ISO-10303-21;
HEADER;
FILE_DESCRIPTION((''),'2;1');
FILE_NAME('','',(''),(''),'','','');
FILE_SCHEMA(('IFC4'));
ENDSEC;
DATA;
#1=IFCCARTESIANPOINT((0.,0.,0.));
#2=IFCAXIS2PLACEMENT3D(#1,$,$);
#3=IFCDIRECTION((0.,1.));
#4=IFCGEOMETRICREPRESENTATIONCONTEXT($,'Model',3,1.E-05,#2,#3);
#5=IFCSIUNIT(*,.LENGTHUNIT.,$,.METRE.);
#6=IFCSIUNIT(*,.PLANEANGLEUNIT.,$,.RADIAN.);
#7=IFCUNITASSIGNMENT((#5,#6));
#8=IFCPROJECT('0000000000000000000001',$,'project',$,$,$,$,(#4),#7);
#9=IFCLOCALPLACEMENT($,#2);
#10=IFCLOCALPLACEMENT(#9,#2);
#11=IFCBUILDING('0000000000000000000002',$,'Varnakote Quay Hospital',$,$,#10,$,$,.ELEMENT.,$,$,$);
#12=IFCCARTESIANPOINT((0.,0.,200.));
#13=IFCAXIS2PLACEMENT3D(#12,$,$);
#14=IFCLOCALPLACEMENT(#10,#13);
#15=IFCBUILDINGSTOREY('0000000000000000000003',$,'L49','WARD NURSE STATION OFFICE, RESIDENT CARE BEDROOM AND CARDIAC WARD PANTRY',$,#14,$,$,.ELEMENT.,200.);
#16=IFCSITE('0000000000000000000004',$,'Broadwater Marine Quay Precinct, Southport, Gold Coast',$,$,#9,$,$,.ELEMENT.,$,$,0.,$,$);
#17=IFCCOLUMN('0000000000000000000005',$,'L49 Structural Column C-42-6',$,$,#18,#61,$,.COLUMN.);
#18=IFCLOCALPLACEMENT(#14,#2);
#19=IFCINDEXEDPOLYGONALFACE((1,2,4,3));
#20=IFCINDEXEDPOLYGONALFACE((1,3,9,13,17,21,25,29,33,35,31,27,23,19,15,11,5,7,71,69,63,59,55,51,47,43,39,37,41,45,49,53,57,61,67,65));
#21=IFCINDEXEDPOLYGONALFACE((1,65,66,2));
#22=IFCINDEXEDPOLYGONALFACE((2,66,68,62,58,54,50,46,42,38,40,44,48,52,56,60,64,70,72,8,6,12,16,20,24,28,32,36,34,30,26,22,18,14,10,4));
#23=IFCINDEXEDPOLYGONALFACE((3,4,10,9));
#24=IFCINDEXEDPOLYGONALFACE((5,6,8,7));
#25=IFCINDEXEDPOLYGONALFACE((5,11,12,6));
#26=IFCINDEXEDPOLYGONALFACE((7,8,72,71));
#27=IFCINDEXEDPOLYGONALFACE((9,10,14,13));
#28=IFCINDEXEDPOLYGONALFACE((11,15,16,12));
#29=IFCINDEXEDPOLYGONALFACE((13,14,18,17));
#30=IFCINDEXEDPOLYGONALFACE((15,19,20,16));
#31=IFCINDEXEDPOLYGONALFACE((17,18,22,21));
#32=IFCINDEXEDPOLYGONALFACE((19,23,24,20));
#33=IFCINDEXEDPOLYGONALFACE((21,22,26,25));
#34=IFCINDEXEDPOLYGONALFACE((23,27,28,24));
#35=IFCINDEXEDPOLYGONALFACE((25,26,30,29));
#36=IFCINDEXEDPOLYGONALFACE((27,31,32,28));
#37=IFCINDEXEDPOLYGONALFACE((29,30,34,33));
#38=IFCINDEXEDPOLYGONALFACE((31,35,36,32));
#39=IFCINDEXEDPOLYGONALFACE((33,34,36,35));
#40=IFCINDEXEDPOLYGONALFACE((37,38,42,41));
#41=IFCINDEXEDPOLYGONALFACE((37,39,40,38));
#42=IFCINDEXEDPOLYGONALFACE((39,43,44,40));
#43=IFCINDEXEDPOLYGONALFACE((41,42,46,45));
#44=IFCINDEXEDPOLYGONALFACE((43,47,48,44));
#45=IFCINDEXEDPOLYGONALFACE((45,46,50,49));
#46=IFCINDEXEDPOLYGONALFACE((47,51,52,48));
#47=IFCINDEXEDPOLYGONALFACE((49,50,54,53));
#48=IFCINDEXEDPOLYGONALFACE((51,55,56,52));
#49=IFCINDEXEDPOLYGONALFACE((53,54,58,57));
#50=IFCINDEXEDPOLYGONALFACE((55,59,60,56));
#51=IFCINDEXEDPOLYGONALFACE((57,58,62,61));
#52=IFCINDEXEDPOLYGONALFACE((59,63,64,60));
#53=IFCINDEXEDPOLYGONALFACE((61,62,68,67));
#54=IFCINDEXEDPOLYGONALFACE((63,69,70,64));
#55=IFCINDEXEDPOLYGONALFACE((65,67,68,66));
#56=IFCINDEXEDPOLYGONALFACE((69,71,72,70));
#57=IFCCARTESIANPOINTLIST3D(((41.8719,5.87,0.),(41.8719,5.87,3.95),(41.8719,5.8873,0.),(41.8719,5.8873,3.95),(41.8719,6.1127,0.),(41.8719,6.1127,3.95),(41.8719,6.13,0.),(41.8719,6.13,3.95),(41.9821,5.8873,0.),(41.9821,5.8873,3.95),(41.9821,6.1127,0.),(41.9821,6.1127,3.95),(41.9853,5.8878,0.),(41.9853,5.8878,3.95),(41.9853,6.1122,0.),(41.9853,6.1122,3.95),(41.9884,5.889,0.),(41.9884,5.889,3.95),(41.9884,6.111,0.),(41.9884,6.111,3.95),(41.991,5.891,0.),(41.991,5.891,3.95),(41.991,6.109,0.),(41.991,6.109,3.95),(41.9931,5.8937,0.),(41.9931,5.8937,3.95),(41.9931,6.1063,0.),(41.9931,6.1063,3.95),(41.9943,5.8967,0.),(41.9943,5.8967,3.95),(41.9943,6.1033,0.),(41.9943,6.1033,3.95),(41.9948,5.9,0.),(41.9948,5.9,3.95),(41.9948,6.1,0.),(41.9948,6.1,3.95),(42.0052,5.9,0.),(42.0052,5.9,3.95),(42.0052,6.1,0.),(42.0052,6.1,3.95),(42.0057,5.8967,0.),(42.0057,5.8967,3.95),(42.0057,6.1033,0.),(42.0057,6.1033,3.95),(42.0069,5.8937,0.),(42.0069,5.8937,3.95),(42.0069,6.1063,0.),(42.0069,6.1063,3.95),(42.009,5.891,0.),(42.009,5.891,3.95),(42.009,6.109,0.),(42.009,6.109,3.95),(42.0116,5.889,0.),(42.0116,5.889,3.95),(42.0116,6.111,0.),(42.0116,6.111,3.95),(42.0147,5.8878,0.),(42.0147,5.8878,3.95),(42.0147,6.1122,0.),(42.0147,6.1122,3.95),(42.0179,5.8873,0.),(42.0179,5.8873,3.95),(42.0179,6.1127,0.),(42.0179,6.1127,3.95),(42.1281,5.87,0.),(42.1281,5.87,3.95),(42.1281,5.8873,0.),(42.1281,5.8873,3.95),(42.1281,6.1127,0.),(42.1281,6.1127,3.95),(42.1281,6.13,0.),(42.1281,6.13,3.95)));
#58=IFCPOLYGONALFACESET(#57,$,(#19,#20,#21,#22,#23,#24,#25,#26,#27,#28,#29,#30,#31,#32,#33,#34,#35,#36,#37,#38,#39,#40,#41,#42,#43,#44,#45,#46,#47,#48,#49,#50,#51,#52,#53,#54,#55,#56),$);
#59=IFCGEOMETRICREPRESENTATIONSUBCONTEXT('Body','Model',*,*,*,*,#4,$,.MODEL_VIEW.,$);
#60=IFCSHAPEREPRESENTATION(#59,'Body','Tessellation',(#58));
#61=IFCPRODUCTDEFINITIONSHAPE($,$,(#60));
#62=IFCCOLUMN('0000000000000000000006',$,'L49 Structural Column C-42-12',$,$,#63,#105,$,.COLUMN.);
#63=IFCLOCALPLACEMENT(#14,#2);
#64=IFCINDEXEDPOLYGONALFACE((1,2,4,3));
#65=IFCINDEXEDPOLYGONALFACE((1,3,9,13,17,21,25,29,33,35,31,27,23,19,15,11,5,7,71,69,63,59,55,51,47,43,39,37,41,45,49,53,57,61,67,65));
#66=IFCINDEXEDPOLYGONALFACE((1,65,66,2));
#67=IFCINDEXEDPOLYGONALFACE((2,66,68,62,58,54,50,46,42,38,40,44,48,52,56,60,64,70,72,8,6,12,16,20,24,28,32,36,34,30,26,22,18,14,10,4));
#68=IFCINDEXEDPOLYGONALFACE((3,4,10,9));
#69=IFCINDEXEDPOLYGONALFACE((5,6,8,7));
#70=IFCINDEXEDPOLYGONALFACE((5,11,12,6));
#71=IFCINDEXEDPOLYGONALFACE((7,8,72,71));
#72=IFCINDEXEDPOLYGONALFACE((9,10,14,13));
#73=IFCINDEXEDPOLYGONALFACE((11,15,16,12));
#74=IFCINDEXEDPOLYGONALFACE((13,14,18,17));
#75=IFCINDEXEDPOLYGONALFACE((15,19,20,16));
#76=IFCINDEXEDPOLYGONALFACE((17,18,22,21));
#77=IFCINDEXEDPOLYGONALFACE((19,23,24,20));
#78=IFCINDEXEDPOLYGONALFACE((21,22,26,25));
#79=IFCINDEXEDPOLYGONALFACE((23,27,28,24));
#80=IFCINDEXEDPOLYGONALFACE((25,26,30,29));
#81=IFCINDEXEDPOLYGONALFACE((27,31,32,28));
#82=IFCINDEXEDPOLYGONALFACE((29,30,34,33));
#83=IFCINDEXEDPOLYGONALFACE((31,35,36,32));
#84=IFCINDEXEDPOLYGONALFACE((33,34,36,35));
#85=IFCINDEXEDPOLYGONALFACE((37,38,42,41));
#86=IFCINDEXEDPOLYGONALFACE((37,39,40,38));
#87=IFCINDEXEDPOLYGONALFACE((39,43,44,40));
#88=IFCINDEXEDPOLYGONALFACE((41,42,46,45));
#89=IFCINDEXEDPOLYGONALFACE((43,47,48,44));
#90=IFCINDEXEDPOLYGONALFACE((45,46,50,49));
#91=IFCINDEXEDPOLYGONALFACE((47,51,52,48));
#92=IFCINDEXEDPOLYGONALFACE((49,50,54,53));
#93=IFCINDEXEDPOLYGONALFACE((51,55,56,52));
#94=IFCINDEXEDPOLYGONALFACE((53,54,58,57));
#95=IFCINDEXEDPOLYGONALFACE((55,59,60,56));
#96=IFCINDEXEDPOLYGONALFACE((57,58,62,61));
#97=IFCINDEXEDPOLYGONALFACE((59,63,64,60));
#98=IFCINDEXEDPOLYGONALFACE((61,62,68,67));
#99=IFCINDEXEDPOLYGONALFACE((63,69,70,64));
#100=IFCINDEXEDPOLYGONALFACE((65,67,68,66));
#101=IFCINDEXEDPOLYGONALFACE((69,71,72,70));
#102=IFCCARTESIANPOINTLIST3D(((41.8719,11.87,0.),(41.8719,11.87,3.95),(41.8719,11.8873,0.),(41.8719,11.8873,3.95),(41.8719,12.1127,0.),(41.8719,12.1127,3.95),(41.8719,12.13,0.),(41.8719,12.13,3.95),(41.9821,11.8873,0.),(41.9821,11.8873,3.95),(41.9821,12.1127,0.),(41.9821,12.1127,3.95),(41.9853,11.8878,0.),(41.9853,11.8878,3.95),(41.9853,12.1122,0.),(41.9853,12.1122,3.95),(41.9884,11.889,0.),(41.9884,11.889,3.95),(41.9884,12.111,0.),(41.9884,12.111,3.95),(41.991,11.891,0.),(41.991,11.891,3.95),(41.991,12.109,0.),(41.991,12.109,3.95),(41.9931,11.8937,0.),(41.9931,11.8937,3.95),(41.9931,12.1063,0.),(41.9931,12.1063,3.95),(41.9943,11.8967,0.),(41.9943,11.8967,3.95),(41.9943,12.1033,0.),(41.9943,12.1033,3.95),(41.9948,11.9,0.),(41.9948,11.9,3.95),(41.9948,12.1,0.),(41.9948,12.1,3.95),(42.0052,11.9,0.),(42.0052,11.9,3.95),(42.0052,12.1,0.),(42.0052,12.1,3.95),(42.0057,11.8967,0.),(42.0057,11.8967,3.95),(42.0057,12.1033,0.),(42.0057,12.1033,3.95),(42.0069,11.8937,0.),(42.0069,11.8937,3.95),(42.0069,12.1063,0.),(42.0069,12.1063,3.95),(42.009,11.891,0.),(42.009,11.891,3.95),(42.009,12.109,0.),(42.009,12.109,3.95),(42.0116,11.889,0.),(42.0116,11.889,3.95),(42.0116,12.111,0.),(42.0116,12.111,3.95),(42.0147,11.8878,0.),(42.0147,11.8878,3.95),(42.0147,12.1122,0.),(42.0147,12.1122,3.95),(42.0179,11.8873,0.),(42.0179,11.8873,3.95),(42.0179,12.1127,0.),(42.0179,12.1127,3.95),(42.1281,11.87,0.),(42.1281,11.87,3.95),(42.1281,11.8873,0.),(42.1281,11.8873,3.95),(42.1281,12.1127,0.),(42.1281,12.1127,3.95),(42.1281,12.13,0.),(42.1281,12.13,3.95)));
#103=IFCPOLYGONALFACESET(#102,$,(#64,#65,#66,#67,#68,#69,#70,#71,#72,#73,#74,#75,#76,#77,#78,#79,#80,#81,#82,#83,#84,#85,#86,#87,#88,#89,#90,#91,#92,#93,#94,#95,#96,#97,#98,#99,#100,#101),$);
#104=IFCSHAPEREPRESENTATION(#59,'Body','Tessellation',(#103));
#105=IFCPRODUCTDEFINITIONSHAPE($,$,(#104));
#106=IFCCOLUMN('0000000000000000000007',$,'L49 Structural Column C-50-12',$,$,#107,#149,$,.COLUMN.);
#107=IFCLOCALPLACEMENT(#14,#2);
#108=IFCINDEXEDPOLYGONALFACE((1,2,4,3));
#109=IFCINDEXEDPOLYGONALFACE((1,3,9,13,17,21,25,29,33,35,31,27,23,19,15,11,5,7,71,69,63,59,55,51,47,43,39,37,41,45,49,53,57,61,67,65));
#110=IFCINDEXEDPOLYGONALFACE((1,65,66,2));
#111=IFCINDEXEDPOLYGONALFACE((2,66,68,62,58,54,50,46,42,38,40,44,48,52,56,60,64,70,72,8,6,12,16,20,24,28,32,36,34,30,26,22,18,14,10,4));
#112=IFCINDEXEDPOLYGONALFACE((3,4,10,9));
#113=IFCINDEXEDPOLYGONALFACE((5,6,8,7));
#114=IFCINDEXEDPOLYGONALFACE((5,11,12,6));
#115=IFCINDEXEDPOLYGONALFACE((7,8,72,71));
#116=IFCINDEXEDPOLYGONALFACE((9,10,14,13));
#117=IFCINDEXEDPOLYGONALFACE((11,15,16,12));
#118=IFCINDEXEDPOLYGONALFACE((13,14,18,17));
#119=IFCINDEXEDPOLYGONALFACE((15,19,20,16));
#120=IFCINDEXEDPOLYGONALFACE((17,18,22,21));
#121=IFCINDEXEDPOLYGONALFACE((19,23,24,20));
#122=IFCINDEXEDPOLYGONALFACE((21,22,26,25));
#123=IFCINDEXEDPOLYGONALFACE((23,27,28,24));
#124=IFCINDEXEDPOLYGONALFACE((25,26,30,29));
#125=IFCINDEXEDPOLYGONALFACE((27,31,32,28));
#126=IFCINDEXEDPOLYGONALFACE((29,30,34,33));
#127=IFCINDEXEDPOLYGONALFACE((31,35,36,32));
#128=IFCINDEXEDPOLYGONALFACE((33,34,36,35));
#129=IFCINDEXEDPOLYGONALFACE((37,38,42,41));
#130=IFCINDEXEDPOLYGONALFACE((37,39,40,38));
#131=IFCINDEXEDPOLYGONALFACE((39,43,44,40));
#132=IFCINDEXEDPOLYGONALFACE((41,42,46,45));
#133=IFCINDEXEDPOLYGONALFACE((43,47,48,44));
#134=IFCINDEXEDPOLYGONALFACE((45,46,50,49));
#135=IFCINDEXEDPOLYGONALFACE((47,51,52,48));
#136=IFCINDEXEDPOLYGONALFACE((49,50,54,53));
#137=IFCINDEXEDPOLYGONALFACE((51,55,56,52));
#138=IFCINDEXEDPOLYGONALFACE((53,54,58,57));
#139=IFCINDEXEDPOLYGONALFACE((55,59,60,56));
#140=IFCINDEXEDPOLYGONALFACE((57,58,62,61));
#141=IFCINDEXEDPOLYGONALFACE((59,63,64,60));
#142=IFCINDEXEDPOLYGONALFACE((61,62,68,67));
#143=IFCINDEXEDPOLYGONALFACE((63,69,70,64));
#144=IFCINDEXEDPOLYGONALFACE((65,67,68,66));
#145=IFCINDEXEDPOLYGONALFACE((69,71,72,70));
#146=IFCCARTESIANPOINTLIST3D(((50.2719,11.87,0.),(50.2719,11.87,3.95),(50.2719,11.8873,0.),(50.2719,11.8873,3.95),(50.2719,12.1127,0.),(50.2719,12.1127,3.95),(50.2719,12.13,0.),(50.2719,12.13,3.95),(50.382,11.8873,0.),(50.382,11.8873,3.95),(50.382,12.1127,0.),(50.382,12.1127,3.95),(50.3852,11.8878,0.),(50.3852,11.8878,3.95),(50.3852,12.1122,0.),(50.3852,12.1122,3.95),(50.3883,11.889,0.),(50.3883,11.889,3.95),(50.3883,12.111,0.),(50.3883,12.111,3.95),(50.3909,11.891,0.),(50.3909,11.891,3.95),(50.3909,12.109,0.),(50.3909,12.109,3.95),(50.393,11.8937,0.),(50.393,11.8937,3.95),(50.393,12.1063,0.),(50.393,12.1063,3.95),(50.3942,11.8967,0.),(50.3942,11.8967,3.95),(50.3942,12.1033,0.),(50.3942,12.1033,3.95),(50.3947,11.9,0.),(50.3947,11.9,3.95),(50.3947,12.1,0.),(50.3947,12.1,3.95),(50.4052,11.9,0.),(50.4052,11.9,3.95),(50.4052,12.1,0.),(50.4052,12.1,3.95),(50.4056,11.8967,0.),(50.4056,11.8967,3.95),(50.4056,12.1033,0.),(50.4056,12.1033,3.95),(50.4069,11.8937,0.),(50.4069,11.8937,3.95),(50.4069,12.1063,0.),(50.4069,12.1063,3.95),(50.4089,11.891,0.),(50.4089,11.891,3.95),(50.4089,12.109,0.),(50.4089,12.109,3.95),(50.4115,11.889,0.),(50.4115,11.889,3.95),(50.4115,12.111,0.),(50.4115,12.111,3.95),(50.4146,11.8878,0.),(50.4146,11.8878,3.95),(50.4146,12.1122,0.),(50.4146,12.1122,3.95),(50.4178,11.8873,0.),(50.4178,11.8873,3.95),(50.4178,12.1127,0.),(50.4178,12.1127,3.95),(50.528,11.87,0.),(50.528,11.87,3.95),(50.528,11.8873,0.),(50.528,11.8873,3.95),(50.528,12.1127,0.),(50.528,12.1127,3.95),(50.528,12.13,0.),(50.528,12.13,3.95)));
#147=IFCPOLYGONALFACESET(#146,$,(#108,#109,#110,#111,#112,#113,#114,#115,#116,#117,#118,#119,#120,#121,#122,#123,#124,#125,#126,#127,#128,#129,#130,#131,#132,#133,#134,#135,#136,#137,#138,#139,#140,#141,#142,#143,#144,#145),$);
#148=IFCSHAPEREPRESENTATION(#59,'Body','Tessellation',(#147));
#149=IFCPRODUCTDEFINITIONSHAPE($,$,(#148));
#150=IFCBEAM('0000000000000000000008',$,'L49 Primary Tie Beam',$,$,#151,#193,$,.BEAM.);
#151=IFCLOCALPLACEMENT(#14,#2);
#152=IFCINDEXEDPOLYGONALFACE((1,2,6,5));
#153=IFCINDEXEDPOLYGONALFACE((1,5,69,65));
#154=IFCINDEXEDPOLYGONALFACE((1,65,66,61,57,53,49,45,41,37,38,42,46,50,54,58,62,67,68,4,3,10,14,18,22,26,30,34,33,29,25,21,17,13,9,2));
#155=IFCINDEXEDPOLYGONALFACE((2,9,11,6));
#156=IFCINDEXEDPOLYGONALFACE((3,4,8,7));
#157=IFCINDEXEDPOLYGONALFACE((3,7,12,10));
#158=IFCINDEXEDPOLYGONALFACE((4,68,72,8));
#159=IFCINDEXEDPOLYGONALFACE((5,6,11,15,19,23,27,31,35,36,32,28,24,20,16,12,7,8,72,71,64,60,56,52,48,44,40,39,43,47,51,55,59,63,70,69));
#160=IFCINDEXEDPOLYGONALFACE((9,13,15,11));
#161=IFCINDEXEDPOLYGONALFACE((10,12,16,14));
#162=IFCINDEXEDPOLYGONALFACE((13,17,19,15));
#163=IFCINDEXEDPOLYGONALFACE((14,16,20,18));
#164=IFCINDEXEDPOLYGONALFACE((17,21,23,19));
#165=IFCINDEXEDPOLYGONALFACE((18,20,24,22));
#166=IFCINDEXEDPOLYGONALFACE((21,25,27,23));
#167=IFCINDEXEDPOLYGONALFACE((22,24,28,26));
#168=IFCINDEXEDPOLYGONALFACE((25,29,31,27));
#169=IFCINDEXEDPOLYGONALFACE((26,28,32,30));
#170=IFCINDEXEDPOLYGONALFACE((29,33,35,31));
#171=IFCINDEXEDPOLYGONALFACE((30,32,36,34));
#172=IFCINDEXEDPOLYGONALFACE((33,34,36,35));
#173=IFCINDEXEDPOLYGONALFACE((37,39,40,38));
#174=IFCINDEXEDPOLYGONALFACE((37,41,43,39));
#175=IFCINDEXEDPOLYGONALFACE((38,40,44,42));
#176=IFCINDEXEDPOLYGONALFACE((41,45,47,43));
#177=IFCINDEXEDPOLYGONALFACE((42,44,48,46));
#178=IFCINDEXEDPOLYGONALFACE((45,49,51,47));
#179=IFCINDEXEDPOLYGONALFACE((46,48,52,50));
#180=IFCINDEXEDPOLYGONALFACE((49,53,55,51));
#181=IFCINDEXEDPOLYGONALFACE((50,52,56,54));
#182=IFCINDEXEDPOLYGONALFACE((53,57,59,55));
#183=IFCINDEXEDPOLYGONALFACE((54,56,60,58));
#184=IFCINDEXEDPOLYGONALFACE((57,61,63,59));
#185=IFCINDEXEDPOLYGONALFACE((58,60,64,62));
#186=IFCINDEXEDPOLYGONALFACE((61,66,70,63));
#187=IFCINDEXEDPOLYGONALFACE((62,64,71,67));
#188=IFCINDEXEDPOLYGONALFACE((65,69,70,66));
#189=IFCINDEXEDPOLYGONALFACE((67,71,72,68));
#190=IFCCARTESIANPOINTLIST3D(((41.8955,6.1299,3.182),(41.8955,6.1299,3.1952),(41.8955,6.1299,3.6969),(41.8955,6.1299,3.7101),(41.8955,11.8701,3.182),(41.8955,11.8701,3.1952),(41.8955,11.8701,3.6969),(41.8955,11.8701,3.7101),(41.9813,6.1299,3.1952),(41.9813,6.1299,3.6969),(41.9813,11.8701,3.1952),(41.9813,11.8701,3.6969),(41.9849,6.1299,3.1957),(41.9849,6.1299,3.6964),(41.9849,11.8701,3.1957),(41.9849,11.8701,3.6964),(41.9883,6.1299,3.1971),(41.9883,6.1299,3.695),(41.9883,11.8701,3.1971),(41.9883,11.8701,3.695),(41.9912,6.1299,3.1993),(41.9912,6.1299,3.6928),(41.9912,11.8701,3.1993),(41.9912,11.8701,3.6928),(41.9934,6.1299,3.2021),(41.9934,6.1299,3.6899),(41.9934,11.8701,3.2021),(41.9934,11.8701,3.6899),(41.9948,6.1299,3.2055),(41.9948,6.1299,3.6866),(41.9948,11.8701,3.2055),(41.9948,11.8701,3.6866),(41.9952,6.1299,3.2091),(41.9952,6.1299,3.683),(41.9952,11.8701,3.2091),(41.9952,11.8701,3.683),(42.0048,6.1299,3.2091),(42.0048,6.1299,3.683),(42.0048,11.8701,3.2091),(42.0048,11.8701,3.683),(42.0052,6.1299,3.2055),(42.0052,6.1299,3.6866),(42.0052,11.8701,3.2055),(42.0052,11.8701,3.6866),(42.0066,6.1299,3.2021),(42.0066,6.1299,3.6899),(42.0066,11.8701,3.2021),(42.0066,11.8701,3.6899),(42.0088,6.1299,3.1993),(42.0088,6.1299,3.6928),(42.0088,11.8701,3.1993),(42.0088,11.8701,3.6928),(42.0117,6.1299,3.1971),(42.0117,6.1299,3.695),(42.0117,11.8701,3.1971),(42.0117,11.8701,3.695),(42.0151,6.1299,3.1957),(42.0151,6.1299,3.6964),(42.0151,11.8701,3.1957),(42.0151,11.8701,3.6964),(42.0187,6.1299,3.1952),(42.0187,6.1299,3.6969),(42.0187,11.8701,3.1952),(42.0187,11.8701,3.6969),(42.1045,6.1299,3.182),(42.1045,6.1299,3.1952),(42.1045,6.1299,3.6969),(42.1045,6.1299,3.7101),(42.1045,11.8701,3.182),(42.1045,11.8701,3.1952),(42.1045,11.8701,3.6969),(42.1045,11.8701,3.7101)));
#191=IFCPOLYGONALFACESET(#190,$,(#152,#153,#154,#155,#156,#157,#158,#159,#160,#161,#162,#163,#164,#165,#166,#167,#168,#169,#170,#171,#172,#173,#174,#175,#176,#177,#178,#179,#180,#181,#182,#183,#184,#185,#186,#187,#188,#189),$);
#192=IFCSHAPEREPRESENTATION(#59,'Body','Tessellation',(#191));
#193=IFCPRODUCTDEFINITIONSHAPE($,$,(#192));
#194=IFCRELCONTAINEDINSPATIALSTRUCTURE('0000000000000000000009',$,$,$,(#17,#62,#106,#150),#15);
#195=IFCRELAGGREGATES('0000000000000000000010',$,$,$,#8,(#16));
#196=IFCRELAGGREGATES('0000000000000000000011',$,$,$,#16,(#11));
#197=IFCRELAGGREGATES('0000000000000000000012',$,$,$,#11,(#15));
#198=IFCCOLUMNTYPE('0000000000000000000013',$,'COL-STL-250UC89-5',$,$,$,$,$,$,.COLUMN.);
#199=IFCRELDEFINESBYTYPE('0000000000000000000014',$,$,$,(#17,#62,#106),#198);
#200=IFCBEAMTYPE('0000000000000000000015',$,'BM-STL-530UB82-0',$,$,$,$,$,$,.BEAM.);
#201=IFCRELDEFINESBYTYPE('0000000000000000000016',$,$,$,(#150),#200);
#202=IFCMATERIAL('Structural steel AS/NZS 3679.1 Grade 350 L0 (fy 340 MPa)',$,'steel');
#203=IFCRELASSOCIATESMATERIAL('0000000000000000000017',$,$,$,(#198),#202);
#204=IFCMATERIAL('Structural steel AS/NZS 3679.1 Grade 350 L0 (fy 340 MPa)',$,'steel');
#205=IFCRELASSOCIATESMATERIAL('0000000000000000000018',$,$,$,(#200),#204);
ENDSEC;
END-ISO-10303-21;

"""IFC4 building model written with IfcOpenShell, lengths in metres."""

from ifc_helpers import new_model, si_unit, direction, frame, origin, origin_2d, place, context, subcontext, project, spatial, i_section, extrude, material, material_profile, profile_set, type_object, element, save


model = new_model("IFC4")

# Units and contexts
model_context = context("Model", 3, precision=1e-05, world=origin(), true_north=direction((0.0, 1.0)))
body_context = subcontext(model_context, "Body", "Model", "MODEL_VIEW")
ifc_project = project(units=[si_unit("LENGTHUNIT", "METRE"), si_unit("PLANEANGLEUNIT", "RADIAN")], contexts=[model_context])

# Site, building, storey
site_placement = place(None, origin())
site = spatial("IfcSite", under=ifc_project, at=site_placement, Name="Broadwater Marine Quay Precinct, Southport, Gold Coast", CompositionType="ELEMENT", RefElevation=0.0)
building_placement = place(site_placement, origin())
building = spatial("IfcBuilding", under=site, at=building_placement, Name="Varnakote Quay Hospital", CompositionType="ELEMENT")
storey_placement = place(building_placement, frame((0.0, 0.0, 200.0)))
storey = spatial("IfcBuildingStorey", under=building, at=storey_placement, Name="L49", Description="WARD NURSE STATION OFFICE, RESIDENT CARE BEDROOM AND CARDIAC WARD PANTRY", CompositionType="ELEMENT", Elevation=200.0)

# Columns
ifc_material_1 = material(Name="Structural steel AS/NZS 3679.1 Grade 350 L0 (fy 340 MPa)", Category="steel")
ifc_material_profile_1 = material_profile(ifc_material_1, i_section(OverallWidth=0.2561, OverallDepth=0.26, WebThickness=0.0105, FlangeThickness=0.0173, FilletRadius=0.0127, at=origin_2d()), Name="250UC89.5")
ifc_profile_set_1 = profile_set([ifc_material_profile_1], Name="Structural steel AS/NZS 3679.1 Grade 350 L0 (fy 340 MPa)")
column_type = type_object("IfcColumnType", Name="COL-STL-250UC89-5", PredefinedType="COLUMN", material=ifc_profile_set_1)
for number, where, z_axis, x_axis, name in (
    (1, (42.0, 6.0, 0.0), (0.0, 0.0, 1.0), (1.0, 0.0, 0.0), "L49 Structural Column C-42-6"),
    (2, (42.0, 12.0, 0.0), (0.0, 0.0, 1.0), (1.0, 0.0, 0.0), "L49 Structural Column C-42-12"),
    (3, (50.3999, 12.0, 0.0), (0.0, 0.0, 1.0), (1.0, 0.0, 0.0), "L49 Structural Column C-50-12"),
):
    element("IfcColumn", number, at=place(storey_placement, frame(where, z_axis=z_axis, x_axis=x_axis)), inside=storey, type_object=column_type, Name=name, PredefinedType="COLUMN", context=body_context, shape_type="SweptSolid", body=[
        extrude(i_section(OverallWidth=0.2561, OverallDepth=0.26, WebThickness=0.0105, FlangeThickness=0.0173, FilletRadius=0.0127, at=origin_2d()), origin(), (0.0, 0.0, 1.0), 3.95),
    ])

# Beam
ifc_material_2 = material(Name="Structural steel AS/NZS 3679.1 Grade 350 L0 (fy 340 MPa)", Category="steel")
ifc_material_profile_2 = material_profile(ifc_material_2, i_section(OverallWidth=0.209, OverallDepth=0.5281, WebThickness=0.0095, FlangeThickness=0.0132, FilletRadius=0.0139, at=origin_2d()), Name="530UB82.0")
ifc_profile_set_2 = profile_set([ifc_material_profile_2], Name="Structural steel AS/NZS 3679.1 Grade 350 L0 (fy 340 MPa)")
beam_type_1 = type_object("IfcBeamType", Name="BM-STL-530UB82-0", PredefinedType="BEAM", material=ifc_profile_set_2)
beam_1_placement = place(storey_placement, frame((42.0, 6.1299, 3.446), z_axis=(0.0, 1.0, 0.0), x_axis=(-1.0, 0.0, 0.0)))
element("IfcBeam", 4, at=beam_1_placement, inside=storey, type_object=beam_type_1, Name="L49 Primary Tie Beam", PredefinedType="BEAM", context=body_context, shape_type="SweptSolid", body=[
    extrude(i_section(OverallWidth=0.209, OverallDepth=0.5281, WebThickness=0.0095, FlangeThickness=0.0132, FilletRadius=0.0139, at=origin_2d()), origin(), (0.0, 0.0, 1.0), 5.7402),
])

save(model, "model.ifc")
